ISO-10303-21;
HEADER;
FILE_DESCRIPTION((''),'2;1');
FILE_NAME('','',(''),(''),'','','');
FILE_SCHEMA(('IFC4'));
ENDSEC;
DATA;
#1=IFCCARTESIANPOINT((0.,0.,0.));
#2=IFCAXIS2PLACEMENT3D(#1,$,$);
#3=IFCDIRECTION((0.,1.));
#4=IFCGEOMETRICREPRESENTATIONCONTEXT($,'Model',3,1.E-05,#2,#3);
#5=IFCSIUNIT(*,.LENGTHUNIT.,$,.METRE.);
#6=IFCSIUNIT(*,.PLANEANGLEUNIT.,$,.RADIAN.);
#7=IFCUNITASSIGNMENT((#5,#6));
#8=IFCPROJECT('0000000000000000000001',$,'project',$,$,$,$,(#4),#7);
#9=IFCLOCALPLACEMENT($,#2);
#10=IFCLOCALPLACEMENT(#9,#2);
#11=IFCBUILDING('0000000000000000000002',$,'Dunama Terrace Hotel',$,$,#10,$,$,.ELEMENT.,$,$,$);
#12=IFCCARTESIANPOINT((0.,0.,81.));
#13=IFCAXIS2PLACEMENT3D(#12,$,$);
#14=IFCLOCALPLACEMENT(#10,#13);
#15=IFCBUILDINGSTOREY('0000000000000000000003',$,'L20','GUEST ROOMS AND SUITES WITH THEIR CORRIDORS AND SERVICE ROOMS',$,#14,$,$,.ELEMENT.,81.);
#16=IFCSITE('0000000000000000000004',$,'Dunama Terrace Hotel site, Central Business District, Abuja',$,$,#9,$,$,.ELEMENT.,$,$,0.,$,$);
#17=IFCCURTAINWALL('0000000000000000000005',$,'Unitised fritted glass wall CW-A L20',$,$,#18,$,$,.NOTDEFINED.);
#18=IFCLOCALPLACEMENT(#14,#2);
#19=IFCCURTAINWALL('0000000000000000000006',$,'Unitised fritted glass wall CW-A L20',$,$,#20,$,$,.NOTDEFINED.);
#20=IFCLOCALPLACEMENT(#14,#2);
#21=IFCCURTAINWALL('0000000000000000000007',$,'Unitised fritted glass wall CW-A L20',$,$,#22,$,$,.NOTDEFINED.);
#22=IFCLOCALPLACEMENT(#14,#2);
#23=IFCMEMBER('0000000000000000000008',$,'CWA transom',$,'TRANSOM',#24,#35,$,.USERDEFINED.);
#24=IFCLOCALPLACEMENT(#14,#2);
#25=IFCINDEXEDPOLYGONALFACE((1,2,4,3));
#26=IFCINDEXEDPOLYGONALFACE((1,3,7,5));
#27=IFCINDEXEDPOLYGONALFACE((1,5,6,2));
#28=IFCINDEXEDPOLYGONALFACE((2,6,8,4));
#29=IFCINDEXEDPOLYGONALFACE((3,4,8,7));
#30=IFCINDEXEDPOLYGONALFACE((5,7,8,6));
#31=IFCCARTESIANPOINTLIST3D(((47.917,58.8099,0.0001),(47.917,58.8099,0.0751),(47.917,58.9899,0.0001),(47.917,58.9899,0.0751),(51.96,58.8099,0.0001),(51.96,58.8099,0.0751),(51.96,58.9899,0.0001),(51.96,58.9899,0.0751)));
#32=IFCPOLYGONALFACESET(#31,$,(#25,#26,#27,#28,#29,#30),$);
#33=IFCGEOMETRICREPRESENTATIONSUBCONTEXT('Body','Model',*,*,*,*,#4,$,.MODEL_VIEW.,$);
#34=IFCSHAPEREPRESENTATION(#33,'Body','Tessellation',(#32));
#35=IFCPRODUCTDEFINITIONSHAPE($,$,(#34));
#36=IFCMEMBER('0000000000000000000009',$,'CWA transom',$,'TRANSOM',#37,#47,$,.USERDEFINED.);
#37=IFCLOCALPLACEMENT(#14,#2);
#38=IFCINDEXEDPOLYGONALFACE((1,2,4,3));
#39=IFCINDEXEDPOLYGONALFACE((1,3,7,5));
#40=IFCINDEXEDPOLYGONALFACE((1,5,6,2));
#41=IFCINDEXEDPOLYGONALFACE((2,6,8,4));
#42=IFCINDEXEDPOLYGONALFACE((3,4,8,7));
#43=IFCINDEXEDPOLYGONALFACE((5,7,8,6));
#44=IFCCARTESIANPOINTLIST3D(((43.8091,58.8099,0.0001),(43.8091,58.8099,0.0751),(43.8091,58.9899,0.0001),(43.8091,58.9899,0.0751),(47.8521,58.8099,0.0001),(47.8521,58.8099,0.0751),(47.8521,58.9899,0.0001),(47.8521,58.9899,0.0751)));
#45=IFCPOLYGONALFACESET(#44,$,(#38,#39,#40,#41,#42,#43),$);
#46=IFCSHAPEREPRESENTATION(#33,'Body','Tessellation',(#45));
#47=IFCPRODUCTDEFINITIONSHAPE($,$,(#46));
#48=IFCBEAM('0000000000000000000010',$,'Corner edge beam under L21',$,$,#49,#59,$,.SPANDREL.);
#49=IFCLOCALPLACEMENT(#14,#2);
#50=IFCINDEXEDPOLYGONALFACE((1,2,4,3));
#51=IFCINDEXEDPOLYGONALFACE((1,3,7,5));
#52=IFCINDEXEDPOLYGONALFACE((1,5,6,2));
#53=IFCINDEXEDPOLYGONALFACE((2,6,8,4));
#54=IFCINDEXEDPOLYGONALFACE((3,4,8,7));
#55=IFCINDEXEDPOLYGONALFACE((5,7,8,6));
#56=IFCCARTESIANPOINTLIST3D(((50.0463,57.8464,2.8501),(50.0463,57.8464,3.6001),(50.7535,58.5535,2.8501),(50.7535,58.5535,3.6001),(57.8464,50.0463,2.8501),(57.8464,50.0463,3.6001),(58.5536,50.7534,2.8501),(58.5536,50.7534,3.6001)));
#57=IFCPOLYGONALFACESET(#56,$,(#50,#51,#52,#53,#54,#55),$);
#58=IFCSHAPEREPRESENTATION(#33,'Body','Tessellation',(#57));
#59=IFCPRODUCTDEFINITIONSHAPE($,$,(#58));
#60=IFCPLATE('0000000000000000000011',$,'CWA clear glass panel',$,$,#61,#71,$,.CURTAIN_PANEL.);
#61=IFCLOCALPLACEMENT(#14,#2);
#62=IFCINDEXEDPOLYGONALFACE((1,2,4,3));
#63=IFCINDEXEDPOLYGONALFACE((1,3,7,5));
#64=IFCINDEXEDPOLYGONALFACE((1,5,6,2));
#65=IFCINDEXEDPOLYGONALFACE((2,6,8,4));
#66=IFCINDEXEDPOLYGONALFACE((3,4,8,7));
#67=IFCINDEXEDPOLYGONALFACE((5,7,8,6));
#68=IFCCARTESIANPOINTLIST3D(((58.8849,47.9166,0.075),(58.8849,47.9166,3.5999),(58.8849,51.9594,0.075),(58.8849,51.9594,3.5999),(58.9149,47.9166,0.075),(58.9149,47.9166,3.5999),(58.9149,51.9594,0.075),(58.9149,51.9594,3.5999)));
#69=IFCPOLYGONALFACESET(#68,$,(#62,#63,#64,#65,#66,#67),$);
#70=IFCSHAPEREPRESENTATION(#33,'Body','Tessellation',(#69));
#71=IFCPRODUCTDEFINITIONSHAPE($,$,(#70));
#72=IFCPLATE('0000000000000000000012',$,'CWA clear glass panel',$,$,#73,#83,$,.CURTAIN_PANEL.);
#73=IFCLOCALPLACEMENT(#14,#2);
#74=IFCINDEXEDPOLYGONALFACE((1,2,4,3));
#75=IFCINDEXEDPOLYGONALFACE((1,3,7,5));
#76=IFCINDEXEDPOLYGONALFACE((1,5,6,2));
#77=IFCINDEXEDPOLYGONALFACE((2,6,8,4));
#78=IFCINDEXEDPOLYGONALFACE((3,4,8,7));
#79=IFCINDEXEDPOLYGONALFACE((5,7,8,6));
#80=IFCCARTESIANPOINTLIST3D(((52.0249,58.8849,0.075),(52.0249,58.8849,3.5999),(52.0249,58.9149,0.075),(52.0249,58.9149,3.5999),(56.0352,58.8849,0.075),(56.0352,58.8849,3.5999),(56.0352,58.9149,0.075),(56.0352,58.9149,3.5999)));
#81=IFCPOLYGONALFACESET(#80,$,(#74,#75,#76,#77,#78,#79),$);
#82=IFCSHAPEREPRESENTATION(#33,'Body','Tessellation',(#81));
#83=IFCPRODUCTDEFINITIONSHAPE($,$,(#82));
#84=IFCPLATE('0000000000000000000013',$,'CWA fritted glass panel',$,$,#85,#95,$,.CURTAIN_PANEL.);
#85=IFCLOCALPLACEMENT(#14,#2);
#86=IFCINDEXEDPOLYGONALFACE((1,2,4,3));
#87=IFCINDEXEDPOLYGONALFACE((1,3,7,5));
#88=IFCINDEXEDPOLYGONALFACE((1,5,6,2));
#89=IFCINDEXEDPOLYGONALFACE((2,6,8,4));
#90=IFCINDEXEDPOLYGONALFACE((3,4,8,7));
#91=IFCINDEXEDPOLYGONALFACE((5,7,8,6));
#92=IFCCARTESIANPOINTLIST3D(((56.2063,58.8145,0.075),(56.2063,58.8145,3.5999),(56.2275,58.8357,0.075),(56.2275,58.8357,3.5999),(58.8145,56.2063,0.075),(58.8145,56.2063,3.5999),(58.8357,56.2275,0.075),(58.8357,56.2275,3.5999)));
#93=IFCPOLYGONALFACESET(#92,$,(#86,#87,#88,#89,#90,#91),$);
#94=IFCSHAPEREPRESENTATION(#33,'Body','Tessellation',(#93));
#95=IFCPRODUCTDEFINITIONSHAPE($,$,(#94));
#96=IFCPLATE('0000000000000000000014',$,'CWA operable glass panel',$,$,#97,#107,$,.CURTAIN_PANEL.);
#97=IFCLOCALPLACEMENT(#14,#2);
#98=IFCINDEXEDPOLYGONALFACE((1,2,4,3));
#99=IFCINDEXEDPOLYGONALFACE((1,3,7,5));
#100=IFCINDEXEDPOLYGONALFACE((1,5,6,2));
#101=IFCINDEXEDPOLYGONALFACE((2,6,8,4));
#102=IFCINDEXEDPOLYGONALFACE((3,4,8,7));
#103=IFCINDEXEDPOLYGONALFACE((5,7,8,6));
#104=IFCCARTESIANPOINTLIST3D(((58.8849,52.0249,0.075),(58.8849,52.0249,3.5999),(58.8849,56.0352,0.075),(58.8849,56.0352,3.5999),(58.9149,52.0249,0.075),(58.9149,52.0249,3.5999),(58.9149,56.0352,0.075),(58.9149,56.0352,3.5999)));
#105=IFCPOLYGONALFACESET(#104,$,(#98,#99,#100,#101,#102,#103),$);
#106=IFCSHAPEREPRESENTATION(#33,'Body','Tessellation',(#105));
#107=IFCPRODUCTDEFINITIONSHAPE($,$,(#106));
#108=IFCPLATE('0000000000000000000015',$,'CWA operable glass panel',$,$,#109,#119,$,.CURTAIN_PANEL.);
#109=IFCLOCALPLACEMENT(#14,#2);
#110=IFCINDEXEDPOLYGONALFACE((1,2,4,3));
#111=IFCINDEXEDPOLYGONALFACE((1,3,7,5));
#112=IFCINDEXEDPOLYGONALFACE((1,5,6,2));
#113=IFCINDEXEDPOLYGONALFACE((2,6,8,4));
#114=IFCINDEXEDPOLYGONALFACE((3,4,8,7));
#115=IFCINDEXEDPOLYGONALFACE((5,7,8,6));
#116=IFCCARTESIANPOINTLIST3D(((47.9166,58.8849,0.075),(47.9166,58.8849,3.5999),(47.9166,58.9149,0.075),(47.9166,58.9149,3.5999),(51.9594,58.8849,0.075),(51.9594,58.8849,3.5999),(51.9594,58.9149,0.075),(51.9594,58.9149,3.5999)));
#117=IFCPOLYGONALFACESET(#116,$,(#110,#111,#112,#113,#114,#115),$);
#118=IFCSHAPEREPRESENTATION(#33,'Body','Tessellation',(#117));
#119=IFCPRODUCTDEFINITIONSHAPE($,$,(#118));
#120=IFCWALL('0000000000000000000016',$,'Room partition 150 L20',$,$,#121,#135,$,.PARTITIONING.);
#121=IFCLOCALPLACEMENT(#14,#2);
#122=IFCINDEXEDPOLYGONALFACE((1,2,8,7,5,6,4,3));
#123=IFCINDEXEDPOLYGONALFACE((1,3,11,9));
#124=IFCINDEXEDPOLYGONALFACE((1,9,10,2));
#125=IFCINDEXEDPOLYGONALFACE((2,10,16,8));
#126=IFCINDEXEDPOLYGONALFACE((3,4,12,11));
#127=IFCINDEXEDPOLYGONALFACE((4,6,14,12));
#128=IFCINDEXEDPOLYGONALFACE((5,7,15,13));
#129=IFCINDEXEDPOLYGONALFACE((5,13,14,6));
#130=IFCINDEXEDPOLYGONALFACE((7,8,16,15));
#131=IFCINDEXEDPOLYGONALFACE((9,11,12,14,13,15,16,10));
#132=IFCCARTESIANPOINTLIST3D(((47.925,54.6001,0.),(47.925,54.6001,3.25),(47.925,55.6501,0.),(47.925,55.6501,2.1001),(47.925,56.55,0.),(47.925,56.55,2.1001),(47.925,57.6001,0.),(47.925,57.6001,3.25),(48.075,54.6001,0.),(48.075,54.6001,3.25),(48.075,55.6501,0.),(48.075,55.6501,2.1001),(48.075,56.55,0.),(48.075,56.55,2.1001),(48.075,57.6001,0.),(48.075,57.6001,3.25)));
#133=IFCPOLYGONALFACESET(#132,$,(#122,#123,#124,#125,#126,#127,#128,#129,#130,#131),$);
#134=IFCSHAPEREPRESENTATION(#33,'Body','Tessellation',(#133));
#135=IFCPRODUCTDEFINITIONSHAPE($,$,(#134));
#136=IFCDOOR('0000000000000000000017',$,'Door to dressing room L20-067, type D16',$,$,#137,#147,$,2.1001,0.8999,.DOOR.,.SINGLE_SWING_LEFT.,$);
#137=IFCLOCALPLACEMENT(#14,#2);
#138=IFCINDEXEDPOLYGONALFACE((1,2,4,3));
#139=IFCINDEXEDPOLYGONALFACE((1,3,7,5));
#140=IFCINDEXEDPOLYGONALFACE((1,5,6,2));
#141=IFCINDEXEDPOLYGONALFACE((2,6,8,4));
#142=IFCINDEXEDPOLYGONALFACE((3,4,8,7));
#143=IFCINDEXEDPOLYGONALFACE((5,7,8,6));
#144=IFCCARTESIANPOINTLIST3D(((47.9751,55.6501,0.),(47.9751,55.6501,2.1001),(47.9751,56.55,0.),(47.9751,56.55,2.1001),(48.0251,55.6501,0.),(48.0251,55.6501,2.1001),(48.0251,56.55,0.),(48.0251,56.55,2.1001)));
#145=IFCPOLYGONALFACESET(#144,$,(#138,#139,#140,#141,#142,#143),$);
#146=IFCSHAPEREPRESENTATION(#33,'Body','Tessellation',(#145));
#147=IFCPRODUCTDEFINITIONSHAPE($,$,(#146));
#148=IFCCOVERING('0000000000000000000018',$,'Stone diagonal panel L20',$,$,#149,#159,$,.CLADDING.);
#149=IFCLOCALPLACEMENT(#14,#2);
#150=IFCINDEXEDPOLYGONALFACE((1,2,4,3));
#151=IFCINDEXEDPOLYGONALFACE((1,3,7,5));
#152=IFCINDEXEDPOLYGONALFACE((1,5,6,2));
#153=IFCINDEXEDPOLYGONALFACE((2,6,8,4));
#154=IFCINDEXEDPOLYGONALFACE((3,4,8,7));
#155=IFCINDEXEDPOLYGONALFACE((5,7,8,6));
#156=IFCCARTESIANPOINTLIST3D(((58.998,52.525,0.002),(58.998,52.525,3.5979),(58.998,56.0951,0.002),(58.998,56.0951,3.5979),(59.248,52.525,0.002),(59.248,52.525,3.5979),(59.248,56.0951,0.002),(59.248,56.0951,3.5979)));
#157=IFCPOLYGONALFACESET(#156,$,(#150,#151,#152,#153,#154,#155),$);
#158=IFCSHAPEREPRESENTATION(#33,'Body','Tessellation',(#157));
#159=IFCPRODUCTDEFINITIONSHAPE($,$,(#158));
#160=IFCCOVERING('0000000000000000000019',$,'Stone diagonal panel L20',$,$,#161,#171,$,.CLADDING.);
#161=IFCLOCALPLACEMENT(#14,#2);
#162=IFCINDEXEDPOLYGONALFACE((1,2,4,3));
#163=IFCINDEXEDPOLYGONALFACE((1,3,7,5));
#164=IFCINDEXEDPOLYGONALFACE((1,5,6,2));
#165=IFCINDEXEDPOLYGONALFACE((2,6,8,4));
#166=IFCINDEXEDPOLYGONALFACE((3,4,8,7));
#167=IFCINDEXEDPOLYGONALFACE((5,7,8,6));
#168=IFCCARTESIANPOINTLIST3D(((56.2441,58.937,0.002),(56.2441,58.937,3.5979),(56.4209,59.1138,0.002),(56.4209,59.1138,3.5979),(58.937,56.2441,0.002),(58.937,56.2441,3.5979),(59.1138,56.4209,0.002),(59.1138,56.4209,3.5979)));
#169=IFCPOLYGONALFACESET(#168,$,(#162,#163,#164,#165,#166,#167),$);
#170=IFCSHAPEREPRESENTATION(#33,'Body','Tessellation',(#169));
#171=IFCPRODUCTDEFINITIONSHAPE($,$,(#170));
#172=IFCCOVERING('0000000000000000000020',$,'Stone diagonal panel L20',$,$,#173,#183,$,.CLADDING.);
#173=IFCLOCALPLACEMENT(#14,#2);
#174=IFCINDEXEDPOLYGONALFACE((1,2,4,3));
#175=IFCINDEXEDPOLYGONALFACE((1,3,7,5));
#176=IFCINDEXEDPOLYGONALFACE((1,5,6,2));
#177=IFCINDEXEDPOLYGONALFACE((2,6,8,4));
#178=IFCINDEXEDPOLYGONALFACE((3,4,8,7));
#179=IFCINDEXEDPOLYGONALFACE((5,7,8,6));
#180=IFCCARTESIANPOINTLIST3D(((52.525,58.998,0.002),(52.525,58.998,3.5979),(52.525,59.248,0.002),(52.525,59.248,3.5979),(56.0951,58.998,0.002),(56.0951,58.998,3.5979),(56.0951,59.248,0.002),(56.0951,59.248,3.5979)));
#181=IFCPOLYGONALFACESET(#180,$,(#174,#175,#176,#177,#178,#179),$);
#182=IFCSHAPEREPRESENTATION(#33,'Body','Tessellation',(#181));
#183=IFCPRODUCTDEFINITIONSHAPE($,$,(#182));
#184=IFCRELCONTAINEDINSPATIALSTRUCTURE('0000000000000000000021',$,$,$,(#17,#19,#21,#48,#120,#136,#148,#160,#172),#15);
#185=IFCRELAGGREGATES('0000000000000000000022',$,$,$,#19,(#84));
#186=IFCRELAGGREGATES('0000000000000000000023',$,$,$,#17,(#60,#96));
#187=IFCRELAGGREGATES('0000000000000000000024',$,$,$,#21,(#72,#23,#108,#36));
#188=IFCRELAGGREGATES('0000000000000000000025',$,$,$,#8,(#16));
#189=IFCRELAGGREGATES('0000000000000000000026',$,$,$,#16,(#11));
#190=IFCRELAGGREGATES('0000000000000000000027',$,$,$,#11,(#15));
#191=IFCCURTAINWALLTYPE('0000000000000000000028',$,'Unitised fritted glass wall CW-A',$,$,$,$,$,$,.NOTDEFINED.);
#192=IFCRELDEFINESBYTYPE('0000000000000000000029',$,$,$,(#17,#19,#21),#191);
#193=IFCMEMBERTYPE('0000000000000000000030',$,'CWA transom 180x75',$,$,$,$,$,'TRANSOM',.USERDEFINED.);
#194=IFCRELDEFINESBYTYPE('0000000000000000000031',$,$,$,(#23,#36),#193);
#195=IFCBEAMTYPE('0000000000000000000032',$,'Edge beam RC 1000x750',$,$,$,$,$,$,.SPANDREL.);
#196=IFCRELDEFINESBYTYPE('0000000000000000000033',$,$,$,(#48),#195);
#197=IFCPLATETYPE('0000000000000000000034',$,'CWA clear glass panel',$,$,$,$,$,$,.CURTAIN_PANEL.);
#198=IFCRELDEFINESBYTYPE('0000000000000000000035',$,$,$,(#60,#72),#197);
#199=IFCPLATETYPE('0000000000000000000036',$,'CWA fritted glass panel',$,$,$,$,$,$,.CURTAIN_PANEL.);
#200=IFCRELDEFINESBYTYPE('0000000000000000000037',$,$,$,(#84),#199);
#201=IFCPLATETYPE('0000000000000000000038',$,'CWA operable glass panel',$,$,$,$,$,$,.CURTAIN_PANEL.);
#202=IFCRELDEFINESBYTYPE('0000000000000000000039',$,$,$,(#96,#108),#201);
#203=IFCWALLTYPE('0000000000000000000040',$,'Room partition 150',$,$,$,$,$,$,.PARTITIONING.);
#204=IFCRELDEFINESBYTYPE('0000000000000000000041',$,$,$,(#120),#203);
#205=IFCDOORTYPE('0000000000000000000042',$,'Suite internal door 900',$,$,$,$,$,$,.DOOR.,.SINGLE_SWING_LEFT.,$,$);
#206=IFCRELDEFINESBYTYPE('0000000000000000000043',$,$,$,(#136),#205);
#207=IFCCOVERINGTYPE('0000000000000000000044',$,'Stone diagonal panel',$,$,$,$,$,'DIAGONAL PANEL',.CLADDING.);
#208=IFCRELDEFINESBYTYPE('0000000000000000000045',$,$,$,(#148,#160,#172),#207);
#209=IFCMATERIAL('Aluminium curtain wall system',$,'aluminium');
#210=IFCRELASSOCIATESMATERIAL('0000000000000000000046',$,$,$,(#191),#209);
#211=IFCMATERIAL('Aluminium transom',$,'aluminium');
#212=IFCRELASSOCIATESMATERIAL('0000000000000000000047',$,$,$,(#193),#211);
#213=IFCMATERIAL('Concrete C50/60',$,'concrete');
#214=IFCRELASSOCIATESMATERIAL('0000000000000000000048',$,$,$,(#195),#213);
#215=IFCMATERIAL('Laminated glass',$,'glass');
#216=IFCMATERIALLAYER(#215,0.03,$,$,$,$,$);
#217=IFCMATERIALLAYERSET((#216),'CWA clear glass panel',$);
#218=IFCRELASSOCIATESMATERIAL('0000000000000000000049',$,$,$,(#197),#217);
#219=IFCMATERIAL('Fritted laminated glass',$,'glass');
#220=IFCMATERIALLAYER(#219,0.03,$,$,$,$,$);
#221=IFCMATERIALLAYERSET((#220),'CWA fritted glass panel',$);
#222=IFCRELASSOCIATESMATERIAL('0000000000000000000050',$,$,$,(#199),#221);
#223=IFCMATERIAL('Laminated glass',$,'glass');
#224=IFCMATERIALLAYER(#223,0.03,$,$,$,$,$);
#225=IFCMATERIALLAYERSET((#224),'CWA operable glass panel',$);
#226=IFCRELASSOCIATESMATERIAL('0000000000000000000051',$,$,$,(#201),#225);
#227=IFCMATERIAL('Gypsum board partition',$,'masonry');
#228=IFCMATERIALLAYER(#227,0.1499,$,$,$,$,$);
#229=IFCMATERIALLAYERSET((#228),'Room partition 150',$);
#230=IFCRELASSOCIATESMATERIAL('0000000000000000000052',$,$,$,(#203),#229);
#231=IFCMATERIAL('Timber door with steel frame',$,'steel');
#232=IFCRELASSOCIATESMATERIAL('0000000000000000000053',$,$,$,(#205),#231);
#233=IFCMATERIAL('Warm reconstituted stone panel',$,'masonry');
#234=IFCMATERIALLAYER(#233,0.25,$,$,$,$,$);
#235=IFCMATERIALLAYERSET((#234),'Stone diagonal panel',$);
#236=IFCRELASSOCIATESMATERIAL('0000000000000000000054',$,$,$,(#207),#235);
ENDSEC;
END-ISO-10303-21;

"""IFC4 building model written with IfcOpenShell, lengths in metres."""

from ifc_helpers import new_model, si_unit, direction, frame, frame_2d, origin, origin_2d, place, context, subcontext, project, spatial, rectangle, extrude, material, layer, layer_set, material_profile, profile_set, type_object, element, fill, aggregate, save


model = new_model("IFC4")

# Units and contexts
model_context = context("Model", 3, precision=1e-05, world=origin(), true_north=direction((0.0, 1.0)))
body_context = subcontext(model_context, "Body", "Model", "MODEL_VIEW")
ifc_project = project(units=[si_unit("LENGTHUNIT", "METRE"), si_unit("PLANEANGLEUNIT", "RADIAN")], contexts=[model_context])

# Site, building, storey
site_placement = place(None, origin())
site = spatial("IfcSite", under=ifc_project, at=site_placement, Name="Dunama Terrace Hotel site, Central Business District, Abuja", CompositionType="ELEMENT", RefElevation=0.0)
building_placement = place(site_placement, origin())
building = spatial("IfcBuilding", under=site, at=building_placement, Name="Dunama Terrace Hotel", CompositionType="ELEMENT")
storey_placement = place(building_placement, frame((0.0, 0.0, 81.0)))
storey = spatial("IfcBuildingStorey", under=building, at=storey_placement, Name="L20", Description="GUEST ROOMS AND SUITES WITH THEIR CORRIDORS AND SERVICE ROOMS", CompositionType="ELEMENT", Elevation=81.0)

# Curtain walls
ifc_material_1 = material(Name="Aluminium curtain wall system", Category="aluminium")
curtain_wall_type = type_object("IfcCurtainWallType", Name="Unitised fritted glass wall CW-A", PredefinedType="NOTDEFINED", material=ifc_material_1)
curtain_wall_1_placement = place(storey_placement, origin())
curtain_wall_1 = element("IfcCurtainWall", 1, at=curtain_wall_1_placement, inside=storey, type_object=curtain_wall_type, Name="Unitised fritted glass wall CW-A L20", PredefinedType="NOTDEFINED")
curtain_wall_2_placement = place(storey_placement, origin())
curtain_wall_2 = element("IfcCurtainWall", 2, at=curtain_wall_2_placement, inside=storey, type_object=curtain_wall_type, Name="Unitised fritted glass wall CW-A L20", PredefinedType="NOTDEFINED")
curtain_wall_3_placement = place(storey_placement, origin())
curtain_wall_3 = element("IfcCurtainWall", 3, at=curtain_wall_3_placement, inside=storey, type_object=curtain_wall_type, Name="Unitised fritted glass wall CW-A L20", PredefinedType="NOTDEFINED")

# Members
ifc_material_2 = material(Name="Aluminium transom", Category="aluminium")
ifc_material_profile_1 = material_profile(ifc_material_2, rectangle(XDim=0.1799, YDim=0.075, at=origin_2d()), Name="CWA TRANSOM 180X75")
ifc_profile_set_1 = profile_set([ifc_material_profile_1], Name="Aluminium transom")
member_type_1 = type_object("IfcMemberType", Name="CWA transom 180x75", ElementType="TRANSOM", PredefinedType="USERDEFINED", material=ifc_profile_set_1)
member_1_placement = place(storey_placement, frame((51.96, 58.8999, 0.0376), z_axis=(-1.0, 0.0, 0.0), x_axis=(0.0, -1.0, 0.0)))
member_1 = element("IfcMember", 4, at=member_1_placement, type_object=member_type_1, Name="CWA transom", ObjectType="TRANSOM", PredefinedType="USERDEFINED", context=body_context, shape_type="SweptSolid", body=[
    extrude(rectangle(XDim=0.1799, YDim=0.075, at=origin_2d()), origin(), (0.0, 0.0, 1.0), 4.043),
])
member_2_placement = place(storey_placement, frame((47.8521, 58.8999, 0.0376), z_axis=(-1.0, 0.0, 0.0), x_axis=(0.0, -1.0, 0.0)))
member_2 = element("IfcMember", 5, at=member_2_placement, type_object=member_type_1, Name="CWA transom", ObjectType="TRANSOM", PredefinedType="USERDEFINED", context=body_context, shape_type="SweptSolid", body=[
    extrude(rectangle(XDim=0.1799, YDim=0.075, at=origin_2d()), origin(), (0.0, 0.0, 1.0), 4.043),
])

# Beam
ifc_material_3 = material(Name="Concrete C50/60", Category="concrete")
ifc_material_profile_2 = material_profile(ifc_material_3, rectangle(XDim=1.0, YDim=0.75, at=origin_2d()), Name="RC 1000x750")
ifc_profile_set_2 = profile_set([ifc_material_profile_2], Name="Concrete C50/60")
beam_type = type_object("IfcBeamType", Name="Edge beam RC 1000x750", PredefinedType="SPANDREL", material=ifc_profile_set_2)
beam_placement = place(storey_placement, frame((50.3999, 58.2, 3.2251), z_axis=(0.707107, -0.707107, 0.0), x_axis=(0.707107, 0.707107, 0.0)))
element("IfcBeam", 6, at=beam_placement, inside=storey, type_object=beam_type, Name="Corner edge beam under L21", PredefinedType="SPANDREL", context=body_context, shape_type="SweptSolid", body=[
    extrude(rectangle(XDim=1.0, YDim=0.75, at=origin_2d()), origin(), (0.0, 0.0, 1.0), 11.031),
])

# Plates
ifc_material_4 = material(Name="Laminated glass", Category="glass")
ifc_layer_1 = layer(ifc_material_4, 0.03)
ifc_layer_set_1 = layer_set([ifc_layer_1], Name="CWA clear glass panel")
plate_type_1 = type_object("IfcPlateType", Name="CWA clear glass panel", PredefinedType="CURTAIN_PANEL", material=ifc_layer_set_1)
plate_1_placement = place(storey_placement, frame((58.8999, 49.938, 0.075), z_axis=(0.0, 0.0, 1.0), x_axis=(0.0, 1.0, 0.0)))
plate_1 = element("IfcPlate", 7, at=plate_1_placement, type_object=plate_type_1, Name="CWA clear glass panel", PredefinedType="CURTAIN_PANEL", context=body_context, shape_type="SweptSolid", body=[
    extrude(rectangle(XDim=4.0427, YDim=0.03, at=origin_2d()), origin(), (0.0, 0.0, 1.0), 3.5249),
])
plate_2_placement = place(storey_placement, frame((54.03, 58.8999, 0.075), z_axis=(0.0, 0.0, 1.0), x_axis=(-1.0, 0.0, 0.0)))
plate_2 = element("IfcPlate", 8, at=plate_2_placement, type_object=plate_type_1, Name="CWA clear glass panel", PredefinedType="CURTAIN_PANEL", context=body_context, shape_type="SweptSolid", body=[
    extrude(rectangle(XDim=4.0103, YDim=0.03, at=origin_2d()), origin(), (0.0, 0.0, 1.0), 3.5249),
])
ifc_material_5 = material(Name="Fritted laminated glass", Category="glass")
ifc_layer_2 = layer(ifc_material_5, 0.03)
ifc_layer_set_2 = layer_set([ifc_layer_2], Name="CWA fritted glass panel")
plate_type_2 = type_object("IfcPlateType", Name="CWA fritted glass panel", PredefinedType="CURTAIN_PANEL", material=ifc_layer_set_2)
plate_3_placement = place(storey_placement, frame((57.521, 57.521, 0.075), z_axis=(0.0, 0.0, 1.0), x_axis=(-0.707107, 0.707107, 0.0)))
plate_3 = element("IfcPlate", 9, at=plate_3_placement, type_object=plate_type_2, Name="CWA fritted glass panel", PredefinedType="CURTAIN_PANEL", context=body_context, shape_type="SweptSolid", body=[
    extrude(rectangle(XDim=3.6885, YDim=0.03, at=origin_2d()), origin(), (0.0, 0.0, 1.0), 3.5249),
])
aggregate(curtain_wall_2, [plate_3])
ifc_material_6 = material(Name="Laminated glass", Category="glass")
ifc_layer_3 = layer(ifc_material_6, 0.03)
ifc_layer_set_3 = layer_set([ifc_layer_3], Name="CWA operable glass panel")
plate_type_3 = type_object("IfcPlateType", Name="CWA operable glass panel", PredefinedType="CURTAIN_PANEL", material=ifc_layer_set_3)
plate_4_placement = place(storey_placement, frame((58.8999, 54.03, 0.075), z_axis=(0.0, 0.0, 1.0), x_axis=(0.0, 1.0, 0.0)))
plate_4 = element("IfcPlate", 10, at=plate_4_placement, type_object=plate_type_3, Name="CWA operable glass panel", PredefinedType="CURTAIN_PANEL", context=body_context, shape_type="SweptSolid", body=[
    extrude(rectangle(XDim=4.0103, YDim=0.03, at=origin_2d()), origin(), (0.0, 0.0, 1.0), 3.5249),
])
aggregate(curtain_wall_1, [plate_1, plate_4])
plate_5_placement = place(storey_placement, frame((49.938, 58.8999, 0.075), z_axis=(0.0, 0.0, 1.0), x_axis=(-1.0, 0.0, 0.0)))
plate_5 = element("IfcPlate", 11, at=plate_5_placement, type_object=plate_type_3, Name="CWA operable glass panel", PredefinedType="CURTAIN_PANEL", context=body_context, shape_type="SweptSolid", body=[
    extrude(rectangle(XDim=4.0427, YDim=0.03, at=origin_2d()), origin(), (0.0, 0.0, 1.0), 3.5249),
])
aggregate(curtain_wall_3, [plate_2, member_1, plate_5, member_2])

# Wall, opening, door
ifc_material_7 = material(Name="Gypsum board partition", Category="masonry")
ifc_layer_4 = layer(ifc_material_7, 0.1499)
ifc_layer_set_4 = layer_set([ifc_layer_4], Name="Room partition 150")
wall_type = type_object("IfcWallType", Name="Room partition 150", PredefinedType="PARTITIONING", material=ifc_layer_set_4)
wall_placement = place(storey_placement, frame((48.0, 54.6001, 0.0), z_axis=(0.0, 0.0, 1.0), x_axis=(0.0, 1.0, 0.0)))
wall = element("IfcWall", 12, at=wall_placement, inside=storey, type_object=wall_type, Name="Room partition 150 L20", PredefinedType="PARTITIONING", context=body_context, shape_type="SweptSolid", body=[
    extrude(rectangle(XDim=3.0, YDim=0.1499, at=frame_2d((1.5, 0.0))), origin(), (0.0, 0.0, 1.0), 3.25),
])
opening_placement = place(wall_placement, frame((1.05, 0.0, 0.0)))
opening = element("IfcOpeningElement", 13, at=opening_placement, cuts=wall, PredefinedType="OPENING", context=body_context, shape_type="SweptSolid", body=[
    extrude(rectangle(XDim=0.8999, YDim=2.1001, at=frame_2d((0.45, 1.05))), frame((0.0, 0.085, 0.0), z_axis=(0.0, -1.0, 0.0), x_axis=(1.0, 0.0, 0.0)), (0.0, 0.0, 1.0), 0.1699),
])
ifc_material_8 = material(Name="Timber door with steel frame", Category="steel")
door_type = type_object("IfcDoorType", Name="Suite internal door 900", OperationType="SINGLE_SWING_LEFT", PredefinedType="DOOR", material=ifc_material_8)
door_placement = place(opening_placement, origin())
door = element("IfcDoor", 14, at=door_placement, inside=storey, type_object=door_type, Name="Door to dressing room L20-067, type D16", OperationType="SINGLE_SWING_LEFT", OverallHeight=2.1001, OverallWidth=0.8999, PredefinedType="DOOR", context=body_context, shape_type="SweptSolid", body=[
    extrude(rectangle(XDim=0.8999, YDim=2.1001, at=frame_2d((0.45, 1.05))), frame((0.0, 0.0249, 0.0), z_axis=(0.0, -1.0, 0.0), x_axis=(1.0, 0.0, 0.0)), (0.0, 0.0, 1.0), 0.05),
])
fill(opening, door)

# Coverings
ifc_material_9 = material(Name="Warm reconstituted stone panel", Category="masonry")
ifc_layer_5 = layer(ifc_material_9, 0.25)
ifc_layer_set_5 = layer_set([ifc_layer_5], Name="Stone diagonal panel")
covering_type = type_object("IfcCoveringType", Name="Stone diagonal panel", ElementType="DIAGONAL PANEL", PredefinedType="CLADDING", material=ifc_layer_set_5)
covering_1_placement = place(storey_placement, frame((59.123, 54.3101, 0.002), z_axis=(0.0, 0.0, 1.0), x_axis=(0.0, 1.0, 0.0)))
element("IfcCovering", 15, at=covering_1_placement, inside=storey, type_object=covering_type, Name="Stone diagonal panel L20", PredefinedType="CLADDING", context=body_context, shape_type="SweptSolid", body=[
    extrude(rectangle(XDim=3.5701, YDim=0.25, at=origin_2d()), origin(), (0.0, 0.0, 1.0), 3.5959),
])
covering_2_placement = place(storey_placement, frame((57.679, 57.679, 0.002), z_axis=(0.0, 0.0, 1.0), x_axis=(-0.707107, 0.707107, 0.0)))
element("IfcCovering", 16, at=covering_2_placement, inside=storey, type_object=covering_type, Name="Stone diagonal panel L20", PredefinedType="CLADDING", context=body_context, shape_type="SweptSolid", body=[
    extrude(rectangle(XDim=3.8083, YDim=0.25, at=origin_2d()), origin(), (0.0, 0.0, 1.0), 3.5959),
])
covering_3_placement = place(storey_placement, frame((54.3101, 59.123, 0.002), z_axis=(0.0, 0.0, 1.0), x_axis=(-1.0, 0.0, 0.0)))
element("IfcCovering", 17, at=covering_3_placement, inside=storey, type_object=covering_type, Name="Stone diagonal panel L20", PredefinedType="CLADDING", context=body_context, shape_type="SweptSolid", body=[
    extrude(rectangle(XDim=3.5701, YDim=0.25, at=origin_2d()), origin(), (0.0, 0.0, 1.0), 3.5959),
])

save(model, "model.ifc")
